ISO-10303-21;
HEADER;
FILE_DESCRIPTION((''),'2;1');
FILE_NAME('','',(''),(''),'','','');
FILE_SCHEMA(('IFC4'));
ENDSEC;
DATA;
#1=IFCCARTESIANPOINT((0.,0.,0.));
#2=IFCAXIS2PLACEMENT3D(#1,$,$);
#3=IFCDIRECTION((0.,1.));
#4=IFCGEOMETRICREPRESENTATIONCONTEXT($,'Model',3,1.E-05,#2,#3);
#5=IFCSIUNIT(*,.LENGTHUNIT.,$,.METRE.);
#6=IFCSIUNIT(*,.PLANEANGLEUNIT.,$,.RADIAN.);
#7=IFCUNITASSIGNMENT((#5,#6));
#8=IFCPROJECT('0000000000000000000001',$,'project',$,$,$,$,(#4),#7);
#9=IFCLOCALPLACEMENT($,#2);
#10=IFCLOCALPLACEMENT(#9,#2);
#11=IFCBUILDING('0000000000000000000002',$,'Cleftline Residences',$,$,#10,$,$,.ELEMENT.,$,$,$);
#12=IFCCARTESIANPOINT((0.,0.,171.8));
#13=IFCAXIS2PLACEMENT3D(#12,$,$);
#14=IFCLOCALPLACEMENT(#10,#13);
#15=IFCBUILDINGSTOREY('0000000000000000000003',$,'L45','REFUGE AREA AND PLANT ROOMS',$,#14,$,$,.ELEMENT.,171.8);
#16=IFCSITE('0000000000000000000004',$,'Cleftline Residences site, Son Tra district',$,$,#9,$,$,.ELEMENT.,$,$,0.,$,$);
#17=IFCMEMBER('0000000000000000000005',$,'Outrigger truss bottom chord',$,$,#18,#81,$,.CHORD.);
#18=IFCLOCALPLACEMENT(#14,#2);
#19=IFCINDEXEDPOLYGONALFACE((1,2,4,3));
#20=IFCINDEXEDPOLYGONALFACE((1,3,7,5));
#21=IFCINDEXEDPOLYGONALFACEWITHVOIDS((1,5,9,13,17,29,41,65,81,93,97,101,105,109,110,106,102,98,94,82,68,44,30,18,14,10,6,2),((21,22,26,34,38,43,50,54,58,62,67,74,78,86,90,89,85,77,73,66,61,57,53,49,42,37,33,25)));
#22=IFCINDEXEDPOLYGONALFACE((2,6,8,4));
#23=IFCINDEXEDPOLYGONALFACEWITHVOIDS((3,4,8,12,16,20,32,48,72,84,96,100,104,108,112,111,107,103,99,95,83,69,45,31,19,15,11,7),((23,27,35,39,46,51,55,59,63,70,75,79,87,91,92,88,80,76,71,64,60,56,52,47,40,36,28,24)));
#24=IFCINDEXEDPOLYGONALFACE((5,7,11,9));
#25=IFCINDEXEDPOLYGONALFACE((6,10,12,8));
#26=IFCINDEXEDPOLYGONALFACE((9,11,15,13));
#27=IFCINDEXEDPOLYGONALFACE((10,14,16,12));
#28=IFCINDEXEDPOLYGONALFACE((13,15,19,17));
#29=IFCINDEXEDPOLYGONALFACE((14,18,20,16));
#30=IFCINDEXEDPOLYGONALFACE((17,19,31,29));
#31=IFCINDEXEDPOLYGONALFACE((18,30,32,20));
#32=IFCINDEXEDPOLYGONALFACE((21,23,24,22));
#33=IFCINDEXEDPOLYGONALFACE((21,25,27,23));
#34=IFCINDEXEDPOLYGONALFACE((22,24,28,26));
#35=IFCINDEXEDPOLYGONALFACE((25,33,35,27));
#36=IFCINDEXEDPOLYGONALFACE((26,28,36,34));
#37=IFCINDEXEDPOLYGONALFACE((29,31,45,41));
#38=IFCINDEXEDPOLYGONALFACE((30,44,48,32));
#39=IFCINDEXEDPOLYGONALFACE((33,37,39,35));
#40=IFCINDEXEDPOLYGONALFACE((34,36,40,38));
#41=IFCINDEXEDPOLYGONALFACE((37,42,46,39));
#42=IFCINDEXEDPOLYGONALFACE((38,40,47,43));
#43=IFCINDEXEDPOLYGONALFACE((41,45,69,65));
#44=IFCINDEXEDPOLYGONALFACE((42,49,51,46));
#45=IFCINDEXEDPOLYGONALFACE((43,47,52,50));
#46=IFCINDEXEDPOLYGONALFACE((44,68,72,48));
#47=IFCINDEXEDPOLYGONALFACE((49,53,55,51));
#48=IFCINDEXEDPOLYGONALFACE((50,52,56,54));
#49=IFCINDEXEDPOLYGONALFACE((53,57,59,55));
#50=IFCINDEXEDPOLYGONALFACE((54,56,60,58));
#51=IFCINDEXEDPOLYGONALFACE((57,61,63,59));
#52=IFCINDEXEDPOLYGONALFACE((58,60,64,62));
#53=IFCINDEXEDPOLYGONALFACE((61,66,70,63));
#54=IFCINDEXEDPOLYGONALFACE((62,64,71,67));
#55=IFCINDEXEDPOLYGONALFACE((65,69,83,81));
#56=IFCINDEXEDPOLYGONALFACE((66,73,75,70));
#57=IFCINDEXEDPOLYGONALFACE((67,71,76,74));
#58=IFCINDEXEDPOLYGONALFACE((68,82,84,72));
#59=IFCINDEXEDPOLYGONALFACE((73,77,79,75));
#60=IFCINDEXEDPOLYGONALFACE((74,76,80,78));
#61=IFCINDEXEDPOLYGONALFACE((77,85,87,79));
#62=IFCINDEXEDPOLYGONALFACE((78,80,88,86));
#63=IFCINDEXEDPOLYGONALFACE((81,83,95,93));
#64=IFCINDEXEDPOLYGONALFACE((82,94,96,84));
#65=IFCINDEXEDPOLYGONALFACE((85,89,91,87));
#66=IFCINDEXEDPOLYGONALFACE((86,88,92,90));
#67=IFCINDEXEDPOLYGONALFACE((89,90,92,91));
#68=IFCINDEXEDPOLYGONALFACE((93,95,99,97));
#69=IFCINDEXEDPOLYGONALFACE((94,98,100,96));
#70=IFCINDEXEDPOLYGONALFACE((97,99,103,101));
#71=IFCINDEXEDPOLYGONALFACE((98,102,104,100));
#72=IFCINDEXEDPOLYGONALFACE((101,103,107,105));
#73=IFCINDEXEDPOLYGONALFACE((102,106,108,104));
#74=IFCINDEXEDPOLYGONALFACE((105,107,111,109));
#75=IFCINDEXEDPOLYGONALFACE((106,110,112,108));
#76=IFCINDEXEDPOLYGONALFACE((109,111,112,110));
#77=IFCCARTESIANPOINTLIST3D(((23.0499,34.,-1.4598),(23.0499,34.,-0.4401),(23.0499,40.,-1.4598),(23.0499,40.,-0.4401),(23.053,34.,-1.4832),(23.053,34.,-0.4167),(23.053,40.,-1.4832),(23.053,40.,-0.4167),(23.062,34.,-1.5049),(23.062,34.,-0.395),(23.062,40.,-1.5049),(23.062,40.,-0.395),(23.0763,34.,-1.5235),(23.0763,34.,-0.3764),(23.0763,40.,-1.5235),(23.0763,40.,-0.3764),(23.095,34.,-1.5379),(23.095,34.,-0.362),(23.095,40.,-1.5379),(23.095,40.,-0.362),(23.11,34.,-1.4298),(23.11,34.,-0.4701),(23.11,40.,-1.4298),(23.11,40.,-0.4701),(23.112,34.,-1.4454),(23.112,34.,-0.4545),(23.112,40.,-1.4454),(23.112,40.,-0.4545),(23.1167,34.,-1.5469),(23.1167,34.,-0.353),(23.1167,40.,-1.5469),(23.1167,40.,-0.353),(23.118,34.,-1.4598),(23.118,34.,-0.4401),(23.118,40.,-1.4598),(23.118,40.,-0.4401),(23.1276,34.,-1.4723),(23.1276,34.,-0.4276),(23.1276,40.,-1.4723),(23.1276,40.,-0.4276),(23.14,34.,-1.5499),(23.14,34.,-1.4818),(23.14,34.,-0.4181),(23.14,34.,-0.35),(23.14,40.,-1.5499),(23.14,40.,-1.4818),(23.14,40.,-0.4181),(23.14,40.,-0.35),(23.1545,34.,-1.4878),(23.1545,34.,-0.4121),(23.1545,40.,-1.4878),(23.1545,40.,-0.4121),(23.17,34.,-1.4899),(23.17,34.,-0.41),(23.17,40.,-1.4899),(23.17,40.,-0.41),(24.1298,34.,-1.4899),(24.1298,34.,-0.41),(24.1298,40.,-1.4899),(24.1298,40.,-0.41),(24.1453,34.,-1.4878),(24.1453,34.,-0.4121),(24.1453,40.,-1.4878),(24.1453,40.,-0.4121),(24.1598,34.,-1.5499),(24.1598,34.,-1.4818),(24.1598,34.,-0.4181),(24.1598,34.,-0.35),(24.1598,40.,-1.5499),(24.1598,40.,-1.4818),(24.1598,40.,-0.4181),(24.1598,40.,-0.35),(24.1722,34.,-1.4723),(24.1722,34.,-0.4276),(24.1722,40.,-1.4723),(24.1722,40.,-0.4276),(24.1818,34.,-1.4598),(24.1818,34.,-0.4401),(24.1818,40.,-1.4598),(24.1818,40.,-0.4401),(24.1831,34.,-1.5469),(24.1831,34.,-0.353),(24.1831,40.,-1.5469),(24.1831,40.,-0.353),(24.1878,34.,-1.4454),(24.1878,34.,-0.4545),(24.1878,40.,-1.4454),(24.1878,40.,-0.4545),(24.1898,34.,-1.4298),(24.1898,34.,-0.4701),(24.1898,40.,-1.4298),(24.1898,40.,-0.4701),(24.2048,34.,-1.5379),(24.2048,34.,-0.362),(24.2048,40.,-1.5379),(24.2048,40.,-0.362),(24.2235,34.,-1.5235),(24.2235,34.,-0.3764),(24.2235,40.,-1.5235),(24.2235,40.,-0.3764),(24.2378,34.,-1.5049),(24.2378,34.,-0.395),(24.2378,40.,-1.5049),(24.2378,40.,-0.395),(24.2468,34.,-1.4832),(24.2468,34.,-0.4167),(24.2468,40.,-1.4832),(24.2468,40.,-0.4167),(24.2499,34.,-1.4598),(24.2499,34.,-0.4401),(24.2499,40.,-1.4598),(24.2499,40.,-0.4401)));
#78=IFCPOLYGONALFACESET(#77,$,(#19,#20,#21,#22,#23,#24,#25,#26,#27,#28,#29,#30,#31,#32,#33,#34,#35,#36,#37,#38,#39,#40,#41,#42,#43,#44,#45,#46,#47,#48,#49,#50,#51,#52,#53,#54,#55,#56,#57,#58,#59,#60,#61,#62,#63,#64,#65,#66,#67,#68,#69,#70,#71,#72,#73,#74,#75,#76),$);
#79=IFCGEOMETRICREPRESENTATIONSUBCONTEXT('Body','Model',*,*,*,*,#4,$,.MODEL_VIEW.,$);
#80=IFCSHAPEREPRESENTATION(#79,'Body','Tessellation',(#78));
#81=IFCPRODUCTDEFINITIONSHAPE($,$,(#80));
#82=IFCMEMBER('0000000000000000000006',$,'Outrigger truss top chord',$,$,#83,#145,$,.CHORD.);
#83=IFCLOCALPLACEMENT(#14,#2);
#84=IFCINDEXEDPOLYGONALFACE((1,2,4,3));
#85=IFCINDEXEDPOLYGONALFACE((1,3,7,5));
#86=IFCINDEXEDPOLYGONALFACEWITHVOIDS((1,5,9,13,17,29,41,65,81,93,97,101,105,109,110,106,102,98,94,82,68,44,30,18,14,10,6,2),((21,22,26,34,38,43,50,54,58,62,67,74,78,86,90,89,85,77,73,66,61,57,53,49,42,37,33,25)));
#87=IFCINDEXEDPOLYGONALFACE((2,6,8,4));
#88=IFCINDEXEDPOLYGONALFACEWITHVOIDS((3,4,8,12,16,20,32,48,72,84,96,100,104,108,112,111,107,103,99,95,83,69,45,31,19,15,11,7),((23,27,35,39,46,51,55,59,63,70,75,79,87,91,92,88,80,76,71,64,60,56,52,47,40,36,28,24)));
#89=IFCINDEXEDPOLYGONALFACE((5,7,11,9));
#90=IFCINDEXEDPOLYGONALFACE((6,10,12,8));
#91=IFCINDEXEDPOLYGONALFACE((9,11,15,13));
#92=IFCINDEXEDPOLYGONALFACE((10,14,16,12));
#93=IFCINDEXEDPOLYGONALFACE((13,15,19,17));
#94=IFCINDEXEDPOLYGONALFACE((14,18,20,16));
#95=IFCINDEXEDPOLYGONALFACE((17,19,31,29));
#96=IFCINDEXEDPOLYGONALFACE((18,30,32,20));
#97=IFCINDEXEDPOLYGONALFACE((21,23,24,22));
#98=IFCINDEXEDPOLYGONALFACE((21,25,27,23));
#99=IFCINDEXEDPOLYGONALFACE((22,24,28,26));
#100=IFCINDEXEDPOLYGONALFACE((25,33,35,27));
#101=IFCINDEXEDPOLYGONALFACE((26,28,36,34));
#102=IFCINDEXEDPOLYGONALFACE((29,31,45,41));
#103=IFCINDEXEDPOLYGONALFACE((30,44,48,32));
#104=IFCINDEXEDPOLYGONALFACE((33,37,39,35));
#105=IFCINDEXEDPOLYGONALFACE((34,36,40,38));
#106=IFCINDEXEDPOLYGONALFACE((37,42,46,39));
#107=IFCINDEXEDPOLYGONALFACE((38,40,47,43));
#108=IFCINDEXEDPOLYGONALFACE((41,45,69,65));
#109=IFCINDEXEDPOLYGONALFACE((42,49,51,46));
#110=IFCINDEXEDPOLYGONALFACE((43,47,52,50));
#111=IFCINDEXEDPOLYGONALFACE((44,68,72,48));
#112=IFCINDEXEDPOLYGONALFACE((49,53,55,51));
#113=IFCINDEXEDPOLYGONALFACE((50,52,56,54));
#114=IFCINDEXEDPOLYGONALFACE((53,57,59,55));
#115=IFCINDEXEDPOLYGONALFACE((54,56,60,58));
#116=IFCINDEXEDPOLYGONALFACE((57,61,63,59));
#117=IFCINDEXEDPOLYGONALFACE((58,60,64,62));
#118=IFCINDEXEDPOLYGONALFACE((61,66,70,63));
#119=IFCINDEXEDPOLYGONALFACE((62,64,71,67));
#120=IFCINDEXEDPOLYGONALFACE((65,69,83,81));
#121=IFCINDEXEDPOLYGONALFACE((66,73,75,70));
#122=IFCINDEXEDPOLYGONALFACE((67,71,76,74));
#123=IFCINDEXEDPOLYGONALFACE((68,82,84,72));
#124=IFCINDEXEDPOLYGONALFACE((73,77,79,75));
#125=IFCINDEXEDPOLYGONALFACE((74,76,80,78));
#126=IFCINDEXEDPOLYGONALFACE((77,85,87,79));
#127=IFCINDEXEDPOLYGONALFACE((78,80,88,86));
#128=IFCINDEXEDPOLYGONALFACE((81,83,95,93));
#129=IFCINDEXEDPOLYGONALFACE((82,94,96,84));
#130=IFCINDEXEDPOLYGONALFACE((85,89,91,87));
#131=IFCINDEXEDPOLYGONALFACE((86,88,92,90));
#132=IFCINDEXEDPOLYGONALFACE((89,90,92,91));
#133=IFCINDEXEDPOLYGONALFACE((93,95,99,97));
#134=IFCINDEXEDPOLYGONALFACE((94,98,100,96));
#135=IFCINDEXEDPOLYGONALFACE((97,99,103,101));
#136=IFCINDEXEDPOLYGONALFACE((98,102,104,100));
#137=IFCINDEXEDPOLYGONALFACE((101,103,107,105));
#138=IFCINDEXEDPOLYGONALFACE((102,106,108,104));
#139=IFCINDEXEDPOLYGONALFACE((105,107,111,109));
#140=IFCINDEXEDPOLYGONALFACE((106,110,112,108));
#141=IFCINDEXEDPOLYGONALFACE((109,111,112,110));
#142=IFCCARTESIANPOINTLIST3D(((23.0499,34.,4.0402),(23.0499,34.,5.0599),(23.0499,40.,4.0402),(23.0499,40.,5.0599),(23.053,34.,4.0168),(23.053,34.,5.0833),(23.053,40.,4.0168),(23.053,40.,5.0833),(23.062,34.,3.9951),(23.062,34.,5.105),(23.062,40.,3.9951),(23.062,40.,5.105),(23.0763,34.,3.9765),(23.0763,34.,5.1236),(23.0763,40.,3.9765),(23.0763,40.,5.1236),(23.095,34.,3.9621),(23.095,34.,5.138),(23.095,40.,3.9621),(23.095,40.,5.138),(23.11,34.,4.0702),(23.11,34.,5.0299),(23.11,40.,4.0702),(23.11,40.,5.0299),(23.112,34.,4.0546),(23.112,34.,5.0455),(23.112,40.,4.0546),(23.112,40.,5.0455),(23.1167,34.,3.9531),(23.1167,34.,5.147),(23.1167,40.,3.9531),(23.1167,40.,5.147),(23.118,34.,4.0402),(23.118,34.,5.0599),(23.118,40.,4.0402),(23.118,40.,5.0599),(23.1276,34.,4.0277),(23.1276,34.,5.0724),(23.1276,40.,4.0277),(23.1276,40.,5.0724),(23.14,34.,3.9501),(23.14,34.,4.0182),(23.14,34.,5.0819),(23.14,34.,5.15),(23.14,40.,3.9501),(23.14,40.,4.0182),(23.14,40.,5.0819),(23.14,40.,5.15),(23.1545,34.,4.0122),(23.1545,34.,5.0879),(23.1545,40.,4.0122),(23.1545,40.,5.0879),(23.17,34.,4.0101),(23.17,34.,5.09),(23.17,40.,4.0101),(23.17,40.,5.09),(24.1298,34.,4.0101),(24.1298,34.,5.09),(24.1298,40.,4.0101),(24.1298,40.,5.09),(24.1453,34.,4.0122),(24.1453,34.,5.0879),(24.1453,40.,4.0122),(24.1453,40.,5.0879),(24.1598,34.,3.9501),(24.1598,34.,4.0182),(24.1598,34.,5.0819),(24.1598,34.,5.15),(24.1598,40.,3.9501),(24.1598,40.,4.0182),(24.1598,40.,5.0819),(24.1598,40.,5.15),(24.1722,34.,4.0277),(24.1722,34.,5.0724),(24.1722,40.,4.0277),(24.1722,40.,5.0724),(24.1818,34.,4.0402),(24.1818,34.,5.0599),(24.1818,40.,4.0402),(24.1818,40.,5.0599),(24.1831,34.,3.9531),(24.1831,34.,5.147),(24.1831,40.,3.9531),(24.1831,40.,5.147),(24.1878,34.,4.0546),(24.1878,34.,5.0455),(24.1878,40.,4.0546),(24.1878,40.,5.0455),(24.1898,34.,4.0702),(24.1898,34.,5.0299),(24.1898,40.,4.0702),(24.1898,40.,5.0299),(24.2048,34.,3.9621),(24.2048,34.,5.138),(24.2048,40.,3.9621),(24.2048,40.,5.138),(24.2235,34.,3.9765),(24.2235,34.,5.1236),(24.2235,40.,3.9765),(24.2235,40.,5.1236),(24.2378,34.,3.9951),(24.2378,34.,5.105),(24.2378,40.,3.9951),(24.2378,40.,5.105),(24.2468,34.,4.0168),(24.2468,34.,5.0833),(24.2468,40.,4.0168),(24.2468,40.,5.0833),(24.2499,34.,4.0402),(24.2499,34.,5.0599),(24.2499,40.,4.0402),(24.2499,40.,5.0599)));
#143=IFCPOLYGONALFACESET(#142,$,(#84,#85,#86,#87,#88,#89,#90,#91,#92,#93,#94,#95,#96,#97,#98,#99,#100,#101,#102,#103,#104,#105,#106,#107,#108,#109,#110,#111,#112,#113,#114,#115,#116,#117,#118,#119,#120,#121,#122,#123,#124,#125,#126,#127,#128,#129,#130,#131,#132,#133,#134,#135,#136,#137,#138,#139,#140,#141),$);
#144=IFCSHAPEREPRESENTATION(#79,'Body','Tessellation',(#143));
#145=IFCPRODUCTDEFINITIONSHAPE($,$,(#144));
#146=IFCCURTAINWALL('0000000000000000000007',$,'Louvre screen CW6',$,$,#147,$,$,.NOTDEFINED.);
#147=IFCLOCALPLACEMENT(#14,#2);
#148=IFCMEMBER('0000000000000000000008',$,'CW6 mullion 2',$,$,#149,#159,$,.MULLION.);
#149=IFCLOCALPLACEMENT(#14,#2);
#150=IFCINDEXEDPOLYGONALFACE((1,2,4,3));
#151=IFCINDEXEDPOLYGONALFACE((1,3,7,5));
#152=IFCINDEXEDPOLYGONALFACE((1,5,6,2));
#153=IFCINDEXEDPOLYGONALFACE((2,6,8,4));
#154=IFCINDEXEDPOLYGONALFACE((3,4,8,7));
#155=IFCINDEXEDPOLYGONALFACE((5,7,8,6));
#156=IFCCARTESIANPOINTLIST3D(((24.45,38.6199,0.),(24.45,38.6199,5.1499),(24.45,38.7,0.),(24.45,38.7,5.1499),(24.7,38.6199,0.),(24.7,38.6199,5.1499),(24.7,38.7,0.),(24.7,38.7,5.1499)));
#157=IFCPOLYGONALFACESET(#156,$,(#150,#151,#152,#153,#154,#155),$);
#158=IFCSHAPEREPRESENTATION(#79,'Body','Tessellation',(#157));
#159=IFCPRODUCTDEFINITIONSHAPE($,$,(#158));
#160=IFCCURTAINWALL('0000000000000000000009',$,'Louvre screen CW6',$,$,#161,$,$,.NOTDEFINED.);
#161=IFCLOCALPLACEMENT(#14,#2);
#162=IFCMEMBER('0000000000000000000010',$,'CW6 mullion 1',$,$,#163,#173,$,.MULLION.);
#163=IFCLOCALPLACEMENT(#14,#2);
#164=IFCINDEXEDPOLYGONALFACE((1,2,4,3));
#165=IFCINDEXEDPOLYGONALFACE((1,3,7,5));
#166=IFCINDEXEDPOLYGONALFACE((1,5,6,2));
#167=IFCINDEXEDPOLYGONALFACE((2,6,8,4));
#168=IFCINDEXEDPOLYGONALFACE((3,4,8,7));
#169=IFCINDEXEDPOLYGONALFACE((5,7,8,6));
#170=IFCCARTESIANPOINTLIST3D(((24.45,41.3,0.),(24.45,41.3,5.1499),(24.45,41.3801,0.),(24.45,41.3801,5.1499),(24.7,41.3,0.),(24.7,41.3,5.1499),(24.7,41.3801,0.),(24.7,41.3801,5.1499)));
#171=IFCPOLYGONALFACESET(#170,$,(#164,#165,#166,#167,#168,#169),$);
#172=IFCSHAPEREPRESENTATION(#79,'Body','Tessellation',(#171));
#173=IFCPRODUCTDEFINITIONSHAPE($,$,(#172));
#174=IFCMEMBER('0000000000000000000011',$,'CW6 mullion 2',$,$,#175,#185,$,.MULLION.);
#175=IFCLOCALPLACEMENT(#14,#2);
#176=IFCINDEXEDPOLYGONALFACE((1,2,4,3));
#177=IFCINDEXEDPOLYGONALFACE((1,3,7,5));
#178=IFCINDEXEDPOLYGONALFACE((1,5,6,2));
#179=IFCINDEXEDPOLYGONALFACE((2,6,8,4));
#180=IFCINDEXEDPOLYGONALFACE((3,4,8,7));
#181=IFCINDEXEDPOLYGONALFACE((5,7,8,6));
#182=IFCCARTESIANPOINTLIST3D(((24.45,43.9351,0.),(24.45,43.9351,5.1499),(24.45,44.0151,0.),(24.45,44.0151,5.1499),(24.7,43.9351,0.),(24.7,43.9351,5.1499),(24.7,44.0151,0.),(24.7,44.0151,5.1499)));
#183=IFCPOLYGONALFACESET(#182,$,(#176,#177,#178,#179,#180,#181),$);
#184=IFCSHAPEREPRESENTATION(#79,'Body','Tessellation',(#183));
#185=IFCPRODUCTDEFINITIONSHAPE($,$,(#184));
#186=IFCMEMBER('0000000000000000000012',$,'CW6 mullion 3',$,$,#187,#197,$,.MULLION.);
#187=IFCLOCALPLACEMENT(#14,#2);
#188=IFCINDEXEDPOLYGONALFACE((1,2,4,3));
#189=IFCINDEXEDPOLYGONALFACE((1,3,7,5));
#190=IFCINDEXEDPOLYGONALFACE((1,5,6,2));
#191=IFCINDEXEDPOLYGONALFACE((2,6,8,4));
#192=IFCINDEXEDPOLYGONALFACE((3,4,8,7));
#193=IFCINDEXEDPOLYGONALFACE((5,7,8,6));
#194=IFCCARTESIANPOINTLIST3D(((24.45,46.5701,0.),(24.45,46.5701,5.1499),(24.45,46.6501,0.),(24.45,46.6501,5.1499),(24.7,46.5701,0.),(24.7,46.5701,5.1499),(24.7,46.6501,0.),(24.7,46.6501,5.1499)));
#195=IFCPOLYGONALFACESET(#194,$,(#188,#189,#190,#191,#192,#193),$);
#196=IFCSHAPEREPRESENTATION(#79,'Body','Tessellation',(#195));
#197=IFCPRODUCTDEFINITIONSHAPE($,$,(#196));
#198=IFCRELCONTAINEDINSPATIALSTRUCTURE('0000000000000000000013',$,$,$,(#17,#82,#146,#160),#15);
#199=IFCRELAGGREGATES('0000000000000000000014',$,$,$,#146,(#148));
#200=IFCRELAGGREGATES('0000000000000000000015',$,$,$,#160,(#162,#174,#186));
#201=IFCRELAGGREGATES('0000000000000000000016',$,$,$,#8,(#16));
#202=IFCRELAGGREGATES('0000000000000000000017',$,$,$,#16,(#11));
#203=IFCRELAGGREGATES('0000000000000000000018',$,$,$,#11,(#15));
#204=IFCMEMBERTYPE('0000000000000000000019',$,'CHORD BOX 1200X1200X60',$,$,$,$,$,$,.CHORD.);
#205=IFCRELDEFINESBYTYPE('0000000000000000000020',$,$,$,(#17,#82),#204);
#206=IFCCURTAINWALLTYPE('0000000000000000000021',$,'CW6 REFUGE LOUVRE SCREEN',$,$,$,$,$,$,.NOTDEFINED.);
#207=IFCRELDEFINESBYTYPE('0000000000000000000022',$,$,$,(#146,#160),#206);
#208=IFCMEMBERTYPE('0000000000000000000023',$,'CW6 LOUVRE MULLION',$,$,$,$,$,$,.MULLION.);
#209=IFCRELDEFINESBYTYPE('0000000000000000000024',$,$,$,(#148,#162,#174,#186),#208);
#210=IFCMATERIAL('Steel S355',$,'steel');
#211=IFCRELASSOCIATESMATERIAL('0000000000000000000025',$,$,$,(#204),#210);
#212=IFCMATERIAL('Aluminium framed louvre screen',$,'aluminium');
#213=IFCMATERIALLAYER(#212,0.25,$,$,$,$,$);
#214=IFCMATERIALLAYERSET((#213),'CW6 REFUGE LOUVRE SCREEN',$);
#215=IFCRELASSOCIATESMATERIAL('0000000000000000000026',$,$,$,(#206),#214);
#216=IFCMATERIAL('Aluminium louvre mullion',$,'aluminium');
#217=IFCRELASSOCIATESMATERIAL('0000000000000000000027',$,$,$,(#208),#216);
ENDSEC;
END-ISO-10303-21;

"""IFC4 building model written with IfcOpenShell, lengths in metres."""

from ifc_helpers import new_model, si_unit, direction, frame, origin, origin_2d, place, context, subcontext, project, spatial, rectangle, hollow_rectangle, extrude, material, layer, layer_set, material_profile, profile_set, type_object, element, aggregate, save


model = new_model("IFC4")

# Units and contexts
model_context = context("Model", 3, precision=1e-05, world=origin(), true_north=direction((0.0, 1.0)))
body_context = subcontext(model_context, "Body", "Model", "MODEL_VIEW")
ifc_project = project(units=[si_unit("LENGTHUNIT", "METRE"), si_unit("PLANEANGLEUNIT", "RADIAN")], contexts=[model_context])

# Site, building, storey
site_placement = place(None, origin())
site = spatial("IfcSite", under=ifc_project, at=site_placement, Name="Cleftline Residences site, Son Tra district", CompositionType="ELEMENT", RefElevation=0.0)
building_placement = place(site_placement, origin())
building = spatial("IfcBuilding", under=site, at=building_placement, Name="Cleftline Residences", CompositionType="ELEMENT")
storey_placement = place(building_placement, frame((0.0, 0.0, 171.8)))
storey = spatial("IfcBuildingStorey", under=building, at=storey_placement, Name="L45", Description="REFUGE AREA AND PLANT ROOMS", CompositionType="ELEMENT", Elevation=171.8)

# Members
ifc_material_1 = material(Name="Steel S355", Category="steel")
ifc_material_profile_1 = material_profile(ifc_material_1, hollow_rectangle(XDim=1.2, YDim=1.2, WallThickness=0.0601, InnerFilletRadius=0.0601, OuterFilletRadius=0.0901, at=origin_2d()))
ifc_profile_set_1 = profile_set([ifc_material_profile_1], Name="Steel S355")
member_type_1 = type_object("IfcMemberType", Name="CHORD BOX 1200X1200X60", PredefinedType="CHORD", material=ifc_profile_set_1)
for number, where, z_axis, x_axis, name in (
    (1, (23.6499, 40.0, -0.95), (0.0, -1.0, 0.0), (1.0, 0.0, 0.0), "Outrigger truss bottom chord"),
    (2, (23.6499, 40.0, 4.55), (0.0, -1.0, 0.0), (1.0, 0.0, 0.0), "Outrigger truss top chord"),
):
    element("IfcMember", number, at=place(storey_placement, frame(where, z_axis=z_axis, x_axis=x_axis)), inside=storey, type_object=member_type_1, Name=name, PredefinedType="CHORD", context=body_context, shape_type="SweptSolid", body=[
        extrude(hollow_rectangle(XDim=1.2, YDim=1.2, WallThickness=0.0601, InnerFilletRadius=0.0601, OuterFilletRadius=0.0901, at=origin_2d()), origin(), (0.0, 0.0, 1.0), 6.0),
    ])

# Curtain wall, member
ifc_material_2 = material(Name="Aluminium framed louvre screen", Category="aluminium")
ifc_layer_1 = layer(ifc_material_2, 0.25)
ifc_layer_set_1 = layer_set([ifc_layer_1], Name="CW6 REFUGE LOUVRE SCREEN")
curtain_wall_type = type_object("IfcCurtainWallType", Name="CW6 REFUGE LOUVRE SCREEN", PredefinedType="NOTDEFINED", material=ifc_layer_set_1)
curtain_wall_1_placement = place(storey_placement, origin())
curtain_wall_1 = element("IfcCurtainWall", 3, at=curtain_wall_1_placement, inside=storey, type_object=curtain_wall_type, Name="Louvre screen CW6", PredefinedType="NOTDEFINED")
ifc_material_3 = material(Name="Aluminium louvre mullion", Category="aluminium")
ifc_material_profile_2 = material_profile(ifc_material_3, rectangle(XDim=0.25, YDim=0.0801, at=origin_2d()))
ifc_profile_set_2 = profile_set([ifc_material_profile_2], Name="Aluminium louvre mullion")
member_type_2 = type_object("IfcMemberType", Name="CW6 LOUVRE MULLION", PredefinedType="MULLION", material=ifc_profile_set_2)
member_1_placement = place(storey_placement, frame((24.575, 38.6599, 0.0), z_axis=(0.0, 0.0, 1.0), x_axis=(-1.0, 0.0, 0.0)))
member_1 = element("IfcMember", 4, at=member_1_placement, type_object=member_type_2, Name="CW6 mullion 2", PredefinedType="MULLION", context=body_context, shape_type="SweptSolid", body=[
    extrude(rectangle(XDim=0.25, YDim=0.0801, at=origin_2d()), origin(), (0.0, 0.0, 1.0), 5.1499),
])

# Curtain wall, members
curtain_wall_2_placement = place(storey_placement, origin())
curtain_wall_2 = element("IfcCurtainWall", 5, at=curtain_wall_2_placement, inside=storey, type_object=curtain_wall_type, Name="Louvre screen CW6", PredefinedType="NOTDEFINED")
member_2_placement = place(storey_placement, frame((24.575, 41.3401, 0.0), z_axis=(0.0, 0.0, 1.0), x_axis=(-1.0, 0.0, 0.0)))
member_2 = element("IfcMember", 6, at=member_2_placement, type_object=member_type_2, Name="CW6 mullion 1", PredefinedType="MULLION", context=body_context, shape_type="SweptSolid", body=[
    extrude(rectangle(XDim=0.25, YDim=0.0801, at=origin_2d()), origin(), (0.0, 0.0, 1.0), 5.1499),
])
member_3_placement = place(storey_placement, frame((24.575, 43.9751, 0.0), z_axis=(0.0, 0.0, 1.0), x_axis=(-1.0, 0.0, 0.0)))
member_3 = element("IfcMember", 7, at=member_3_placement, type_object=member_type_2, Name="CW6 mullion 2", PredefinedType="MULLION", context=body_context, shape_type="SweptSolid", body=[
    extrude(rectangle(XDim=0.25, YDim=0.0801, at=origin_2d()), origin(), (0.0, 0.0, 1.0), 5.1499),
])
member_4_placement = place(storey_placement, frame((24.575, 46.6101, 0.0), z_axis=(0.0, 0.0, 1.0), x_axis=(-1.0, 0.0, 0.0)))
member_4 = element("IfcMember", 8, at=member_4_placement, type_object=member_type_2, Name="CW6 mullion 3", PredefinedType="MULLION", context=body_context, shape_type="SweptSolid", body=[
    extrude(rectangle(XDim=0.25, YDim=0.0801, at=origin_2d()), origin(), (0.0, 0.0, 1.0), 5.1499),
])

aggregate(curtain_wall_1, [member_1])
aggregate(curtain_wall_2, [member_2, member_3, member_4])

save(model, "model.ifc")
